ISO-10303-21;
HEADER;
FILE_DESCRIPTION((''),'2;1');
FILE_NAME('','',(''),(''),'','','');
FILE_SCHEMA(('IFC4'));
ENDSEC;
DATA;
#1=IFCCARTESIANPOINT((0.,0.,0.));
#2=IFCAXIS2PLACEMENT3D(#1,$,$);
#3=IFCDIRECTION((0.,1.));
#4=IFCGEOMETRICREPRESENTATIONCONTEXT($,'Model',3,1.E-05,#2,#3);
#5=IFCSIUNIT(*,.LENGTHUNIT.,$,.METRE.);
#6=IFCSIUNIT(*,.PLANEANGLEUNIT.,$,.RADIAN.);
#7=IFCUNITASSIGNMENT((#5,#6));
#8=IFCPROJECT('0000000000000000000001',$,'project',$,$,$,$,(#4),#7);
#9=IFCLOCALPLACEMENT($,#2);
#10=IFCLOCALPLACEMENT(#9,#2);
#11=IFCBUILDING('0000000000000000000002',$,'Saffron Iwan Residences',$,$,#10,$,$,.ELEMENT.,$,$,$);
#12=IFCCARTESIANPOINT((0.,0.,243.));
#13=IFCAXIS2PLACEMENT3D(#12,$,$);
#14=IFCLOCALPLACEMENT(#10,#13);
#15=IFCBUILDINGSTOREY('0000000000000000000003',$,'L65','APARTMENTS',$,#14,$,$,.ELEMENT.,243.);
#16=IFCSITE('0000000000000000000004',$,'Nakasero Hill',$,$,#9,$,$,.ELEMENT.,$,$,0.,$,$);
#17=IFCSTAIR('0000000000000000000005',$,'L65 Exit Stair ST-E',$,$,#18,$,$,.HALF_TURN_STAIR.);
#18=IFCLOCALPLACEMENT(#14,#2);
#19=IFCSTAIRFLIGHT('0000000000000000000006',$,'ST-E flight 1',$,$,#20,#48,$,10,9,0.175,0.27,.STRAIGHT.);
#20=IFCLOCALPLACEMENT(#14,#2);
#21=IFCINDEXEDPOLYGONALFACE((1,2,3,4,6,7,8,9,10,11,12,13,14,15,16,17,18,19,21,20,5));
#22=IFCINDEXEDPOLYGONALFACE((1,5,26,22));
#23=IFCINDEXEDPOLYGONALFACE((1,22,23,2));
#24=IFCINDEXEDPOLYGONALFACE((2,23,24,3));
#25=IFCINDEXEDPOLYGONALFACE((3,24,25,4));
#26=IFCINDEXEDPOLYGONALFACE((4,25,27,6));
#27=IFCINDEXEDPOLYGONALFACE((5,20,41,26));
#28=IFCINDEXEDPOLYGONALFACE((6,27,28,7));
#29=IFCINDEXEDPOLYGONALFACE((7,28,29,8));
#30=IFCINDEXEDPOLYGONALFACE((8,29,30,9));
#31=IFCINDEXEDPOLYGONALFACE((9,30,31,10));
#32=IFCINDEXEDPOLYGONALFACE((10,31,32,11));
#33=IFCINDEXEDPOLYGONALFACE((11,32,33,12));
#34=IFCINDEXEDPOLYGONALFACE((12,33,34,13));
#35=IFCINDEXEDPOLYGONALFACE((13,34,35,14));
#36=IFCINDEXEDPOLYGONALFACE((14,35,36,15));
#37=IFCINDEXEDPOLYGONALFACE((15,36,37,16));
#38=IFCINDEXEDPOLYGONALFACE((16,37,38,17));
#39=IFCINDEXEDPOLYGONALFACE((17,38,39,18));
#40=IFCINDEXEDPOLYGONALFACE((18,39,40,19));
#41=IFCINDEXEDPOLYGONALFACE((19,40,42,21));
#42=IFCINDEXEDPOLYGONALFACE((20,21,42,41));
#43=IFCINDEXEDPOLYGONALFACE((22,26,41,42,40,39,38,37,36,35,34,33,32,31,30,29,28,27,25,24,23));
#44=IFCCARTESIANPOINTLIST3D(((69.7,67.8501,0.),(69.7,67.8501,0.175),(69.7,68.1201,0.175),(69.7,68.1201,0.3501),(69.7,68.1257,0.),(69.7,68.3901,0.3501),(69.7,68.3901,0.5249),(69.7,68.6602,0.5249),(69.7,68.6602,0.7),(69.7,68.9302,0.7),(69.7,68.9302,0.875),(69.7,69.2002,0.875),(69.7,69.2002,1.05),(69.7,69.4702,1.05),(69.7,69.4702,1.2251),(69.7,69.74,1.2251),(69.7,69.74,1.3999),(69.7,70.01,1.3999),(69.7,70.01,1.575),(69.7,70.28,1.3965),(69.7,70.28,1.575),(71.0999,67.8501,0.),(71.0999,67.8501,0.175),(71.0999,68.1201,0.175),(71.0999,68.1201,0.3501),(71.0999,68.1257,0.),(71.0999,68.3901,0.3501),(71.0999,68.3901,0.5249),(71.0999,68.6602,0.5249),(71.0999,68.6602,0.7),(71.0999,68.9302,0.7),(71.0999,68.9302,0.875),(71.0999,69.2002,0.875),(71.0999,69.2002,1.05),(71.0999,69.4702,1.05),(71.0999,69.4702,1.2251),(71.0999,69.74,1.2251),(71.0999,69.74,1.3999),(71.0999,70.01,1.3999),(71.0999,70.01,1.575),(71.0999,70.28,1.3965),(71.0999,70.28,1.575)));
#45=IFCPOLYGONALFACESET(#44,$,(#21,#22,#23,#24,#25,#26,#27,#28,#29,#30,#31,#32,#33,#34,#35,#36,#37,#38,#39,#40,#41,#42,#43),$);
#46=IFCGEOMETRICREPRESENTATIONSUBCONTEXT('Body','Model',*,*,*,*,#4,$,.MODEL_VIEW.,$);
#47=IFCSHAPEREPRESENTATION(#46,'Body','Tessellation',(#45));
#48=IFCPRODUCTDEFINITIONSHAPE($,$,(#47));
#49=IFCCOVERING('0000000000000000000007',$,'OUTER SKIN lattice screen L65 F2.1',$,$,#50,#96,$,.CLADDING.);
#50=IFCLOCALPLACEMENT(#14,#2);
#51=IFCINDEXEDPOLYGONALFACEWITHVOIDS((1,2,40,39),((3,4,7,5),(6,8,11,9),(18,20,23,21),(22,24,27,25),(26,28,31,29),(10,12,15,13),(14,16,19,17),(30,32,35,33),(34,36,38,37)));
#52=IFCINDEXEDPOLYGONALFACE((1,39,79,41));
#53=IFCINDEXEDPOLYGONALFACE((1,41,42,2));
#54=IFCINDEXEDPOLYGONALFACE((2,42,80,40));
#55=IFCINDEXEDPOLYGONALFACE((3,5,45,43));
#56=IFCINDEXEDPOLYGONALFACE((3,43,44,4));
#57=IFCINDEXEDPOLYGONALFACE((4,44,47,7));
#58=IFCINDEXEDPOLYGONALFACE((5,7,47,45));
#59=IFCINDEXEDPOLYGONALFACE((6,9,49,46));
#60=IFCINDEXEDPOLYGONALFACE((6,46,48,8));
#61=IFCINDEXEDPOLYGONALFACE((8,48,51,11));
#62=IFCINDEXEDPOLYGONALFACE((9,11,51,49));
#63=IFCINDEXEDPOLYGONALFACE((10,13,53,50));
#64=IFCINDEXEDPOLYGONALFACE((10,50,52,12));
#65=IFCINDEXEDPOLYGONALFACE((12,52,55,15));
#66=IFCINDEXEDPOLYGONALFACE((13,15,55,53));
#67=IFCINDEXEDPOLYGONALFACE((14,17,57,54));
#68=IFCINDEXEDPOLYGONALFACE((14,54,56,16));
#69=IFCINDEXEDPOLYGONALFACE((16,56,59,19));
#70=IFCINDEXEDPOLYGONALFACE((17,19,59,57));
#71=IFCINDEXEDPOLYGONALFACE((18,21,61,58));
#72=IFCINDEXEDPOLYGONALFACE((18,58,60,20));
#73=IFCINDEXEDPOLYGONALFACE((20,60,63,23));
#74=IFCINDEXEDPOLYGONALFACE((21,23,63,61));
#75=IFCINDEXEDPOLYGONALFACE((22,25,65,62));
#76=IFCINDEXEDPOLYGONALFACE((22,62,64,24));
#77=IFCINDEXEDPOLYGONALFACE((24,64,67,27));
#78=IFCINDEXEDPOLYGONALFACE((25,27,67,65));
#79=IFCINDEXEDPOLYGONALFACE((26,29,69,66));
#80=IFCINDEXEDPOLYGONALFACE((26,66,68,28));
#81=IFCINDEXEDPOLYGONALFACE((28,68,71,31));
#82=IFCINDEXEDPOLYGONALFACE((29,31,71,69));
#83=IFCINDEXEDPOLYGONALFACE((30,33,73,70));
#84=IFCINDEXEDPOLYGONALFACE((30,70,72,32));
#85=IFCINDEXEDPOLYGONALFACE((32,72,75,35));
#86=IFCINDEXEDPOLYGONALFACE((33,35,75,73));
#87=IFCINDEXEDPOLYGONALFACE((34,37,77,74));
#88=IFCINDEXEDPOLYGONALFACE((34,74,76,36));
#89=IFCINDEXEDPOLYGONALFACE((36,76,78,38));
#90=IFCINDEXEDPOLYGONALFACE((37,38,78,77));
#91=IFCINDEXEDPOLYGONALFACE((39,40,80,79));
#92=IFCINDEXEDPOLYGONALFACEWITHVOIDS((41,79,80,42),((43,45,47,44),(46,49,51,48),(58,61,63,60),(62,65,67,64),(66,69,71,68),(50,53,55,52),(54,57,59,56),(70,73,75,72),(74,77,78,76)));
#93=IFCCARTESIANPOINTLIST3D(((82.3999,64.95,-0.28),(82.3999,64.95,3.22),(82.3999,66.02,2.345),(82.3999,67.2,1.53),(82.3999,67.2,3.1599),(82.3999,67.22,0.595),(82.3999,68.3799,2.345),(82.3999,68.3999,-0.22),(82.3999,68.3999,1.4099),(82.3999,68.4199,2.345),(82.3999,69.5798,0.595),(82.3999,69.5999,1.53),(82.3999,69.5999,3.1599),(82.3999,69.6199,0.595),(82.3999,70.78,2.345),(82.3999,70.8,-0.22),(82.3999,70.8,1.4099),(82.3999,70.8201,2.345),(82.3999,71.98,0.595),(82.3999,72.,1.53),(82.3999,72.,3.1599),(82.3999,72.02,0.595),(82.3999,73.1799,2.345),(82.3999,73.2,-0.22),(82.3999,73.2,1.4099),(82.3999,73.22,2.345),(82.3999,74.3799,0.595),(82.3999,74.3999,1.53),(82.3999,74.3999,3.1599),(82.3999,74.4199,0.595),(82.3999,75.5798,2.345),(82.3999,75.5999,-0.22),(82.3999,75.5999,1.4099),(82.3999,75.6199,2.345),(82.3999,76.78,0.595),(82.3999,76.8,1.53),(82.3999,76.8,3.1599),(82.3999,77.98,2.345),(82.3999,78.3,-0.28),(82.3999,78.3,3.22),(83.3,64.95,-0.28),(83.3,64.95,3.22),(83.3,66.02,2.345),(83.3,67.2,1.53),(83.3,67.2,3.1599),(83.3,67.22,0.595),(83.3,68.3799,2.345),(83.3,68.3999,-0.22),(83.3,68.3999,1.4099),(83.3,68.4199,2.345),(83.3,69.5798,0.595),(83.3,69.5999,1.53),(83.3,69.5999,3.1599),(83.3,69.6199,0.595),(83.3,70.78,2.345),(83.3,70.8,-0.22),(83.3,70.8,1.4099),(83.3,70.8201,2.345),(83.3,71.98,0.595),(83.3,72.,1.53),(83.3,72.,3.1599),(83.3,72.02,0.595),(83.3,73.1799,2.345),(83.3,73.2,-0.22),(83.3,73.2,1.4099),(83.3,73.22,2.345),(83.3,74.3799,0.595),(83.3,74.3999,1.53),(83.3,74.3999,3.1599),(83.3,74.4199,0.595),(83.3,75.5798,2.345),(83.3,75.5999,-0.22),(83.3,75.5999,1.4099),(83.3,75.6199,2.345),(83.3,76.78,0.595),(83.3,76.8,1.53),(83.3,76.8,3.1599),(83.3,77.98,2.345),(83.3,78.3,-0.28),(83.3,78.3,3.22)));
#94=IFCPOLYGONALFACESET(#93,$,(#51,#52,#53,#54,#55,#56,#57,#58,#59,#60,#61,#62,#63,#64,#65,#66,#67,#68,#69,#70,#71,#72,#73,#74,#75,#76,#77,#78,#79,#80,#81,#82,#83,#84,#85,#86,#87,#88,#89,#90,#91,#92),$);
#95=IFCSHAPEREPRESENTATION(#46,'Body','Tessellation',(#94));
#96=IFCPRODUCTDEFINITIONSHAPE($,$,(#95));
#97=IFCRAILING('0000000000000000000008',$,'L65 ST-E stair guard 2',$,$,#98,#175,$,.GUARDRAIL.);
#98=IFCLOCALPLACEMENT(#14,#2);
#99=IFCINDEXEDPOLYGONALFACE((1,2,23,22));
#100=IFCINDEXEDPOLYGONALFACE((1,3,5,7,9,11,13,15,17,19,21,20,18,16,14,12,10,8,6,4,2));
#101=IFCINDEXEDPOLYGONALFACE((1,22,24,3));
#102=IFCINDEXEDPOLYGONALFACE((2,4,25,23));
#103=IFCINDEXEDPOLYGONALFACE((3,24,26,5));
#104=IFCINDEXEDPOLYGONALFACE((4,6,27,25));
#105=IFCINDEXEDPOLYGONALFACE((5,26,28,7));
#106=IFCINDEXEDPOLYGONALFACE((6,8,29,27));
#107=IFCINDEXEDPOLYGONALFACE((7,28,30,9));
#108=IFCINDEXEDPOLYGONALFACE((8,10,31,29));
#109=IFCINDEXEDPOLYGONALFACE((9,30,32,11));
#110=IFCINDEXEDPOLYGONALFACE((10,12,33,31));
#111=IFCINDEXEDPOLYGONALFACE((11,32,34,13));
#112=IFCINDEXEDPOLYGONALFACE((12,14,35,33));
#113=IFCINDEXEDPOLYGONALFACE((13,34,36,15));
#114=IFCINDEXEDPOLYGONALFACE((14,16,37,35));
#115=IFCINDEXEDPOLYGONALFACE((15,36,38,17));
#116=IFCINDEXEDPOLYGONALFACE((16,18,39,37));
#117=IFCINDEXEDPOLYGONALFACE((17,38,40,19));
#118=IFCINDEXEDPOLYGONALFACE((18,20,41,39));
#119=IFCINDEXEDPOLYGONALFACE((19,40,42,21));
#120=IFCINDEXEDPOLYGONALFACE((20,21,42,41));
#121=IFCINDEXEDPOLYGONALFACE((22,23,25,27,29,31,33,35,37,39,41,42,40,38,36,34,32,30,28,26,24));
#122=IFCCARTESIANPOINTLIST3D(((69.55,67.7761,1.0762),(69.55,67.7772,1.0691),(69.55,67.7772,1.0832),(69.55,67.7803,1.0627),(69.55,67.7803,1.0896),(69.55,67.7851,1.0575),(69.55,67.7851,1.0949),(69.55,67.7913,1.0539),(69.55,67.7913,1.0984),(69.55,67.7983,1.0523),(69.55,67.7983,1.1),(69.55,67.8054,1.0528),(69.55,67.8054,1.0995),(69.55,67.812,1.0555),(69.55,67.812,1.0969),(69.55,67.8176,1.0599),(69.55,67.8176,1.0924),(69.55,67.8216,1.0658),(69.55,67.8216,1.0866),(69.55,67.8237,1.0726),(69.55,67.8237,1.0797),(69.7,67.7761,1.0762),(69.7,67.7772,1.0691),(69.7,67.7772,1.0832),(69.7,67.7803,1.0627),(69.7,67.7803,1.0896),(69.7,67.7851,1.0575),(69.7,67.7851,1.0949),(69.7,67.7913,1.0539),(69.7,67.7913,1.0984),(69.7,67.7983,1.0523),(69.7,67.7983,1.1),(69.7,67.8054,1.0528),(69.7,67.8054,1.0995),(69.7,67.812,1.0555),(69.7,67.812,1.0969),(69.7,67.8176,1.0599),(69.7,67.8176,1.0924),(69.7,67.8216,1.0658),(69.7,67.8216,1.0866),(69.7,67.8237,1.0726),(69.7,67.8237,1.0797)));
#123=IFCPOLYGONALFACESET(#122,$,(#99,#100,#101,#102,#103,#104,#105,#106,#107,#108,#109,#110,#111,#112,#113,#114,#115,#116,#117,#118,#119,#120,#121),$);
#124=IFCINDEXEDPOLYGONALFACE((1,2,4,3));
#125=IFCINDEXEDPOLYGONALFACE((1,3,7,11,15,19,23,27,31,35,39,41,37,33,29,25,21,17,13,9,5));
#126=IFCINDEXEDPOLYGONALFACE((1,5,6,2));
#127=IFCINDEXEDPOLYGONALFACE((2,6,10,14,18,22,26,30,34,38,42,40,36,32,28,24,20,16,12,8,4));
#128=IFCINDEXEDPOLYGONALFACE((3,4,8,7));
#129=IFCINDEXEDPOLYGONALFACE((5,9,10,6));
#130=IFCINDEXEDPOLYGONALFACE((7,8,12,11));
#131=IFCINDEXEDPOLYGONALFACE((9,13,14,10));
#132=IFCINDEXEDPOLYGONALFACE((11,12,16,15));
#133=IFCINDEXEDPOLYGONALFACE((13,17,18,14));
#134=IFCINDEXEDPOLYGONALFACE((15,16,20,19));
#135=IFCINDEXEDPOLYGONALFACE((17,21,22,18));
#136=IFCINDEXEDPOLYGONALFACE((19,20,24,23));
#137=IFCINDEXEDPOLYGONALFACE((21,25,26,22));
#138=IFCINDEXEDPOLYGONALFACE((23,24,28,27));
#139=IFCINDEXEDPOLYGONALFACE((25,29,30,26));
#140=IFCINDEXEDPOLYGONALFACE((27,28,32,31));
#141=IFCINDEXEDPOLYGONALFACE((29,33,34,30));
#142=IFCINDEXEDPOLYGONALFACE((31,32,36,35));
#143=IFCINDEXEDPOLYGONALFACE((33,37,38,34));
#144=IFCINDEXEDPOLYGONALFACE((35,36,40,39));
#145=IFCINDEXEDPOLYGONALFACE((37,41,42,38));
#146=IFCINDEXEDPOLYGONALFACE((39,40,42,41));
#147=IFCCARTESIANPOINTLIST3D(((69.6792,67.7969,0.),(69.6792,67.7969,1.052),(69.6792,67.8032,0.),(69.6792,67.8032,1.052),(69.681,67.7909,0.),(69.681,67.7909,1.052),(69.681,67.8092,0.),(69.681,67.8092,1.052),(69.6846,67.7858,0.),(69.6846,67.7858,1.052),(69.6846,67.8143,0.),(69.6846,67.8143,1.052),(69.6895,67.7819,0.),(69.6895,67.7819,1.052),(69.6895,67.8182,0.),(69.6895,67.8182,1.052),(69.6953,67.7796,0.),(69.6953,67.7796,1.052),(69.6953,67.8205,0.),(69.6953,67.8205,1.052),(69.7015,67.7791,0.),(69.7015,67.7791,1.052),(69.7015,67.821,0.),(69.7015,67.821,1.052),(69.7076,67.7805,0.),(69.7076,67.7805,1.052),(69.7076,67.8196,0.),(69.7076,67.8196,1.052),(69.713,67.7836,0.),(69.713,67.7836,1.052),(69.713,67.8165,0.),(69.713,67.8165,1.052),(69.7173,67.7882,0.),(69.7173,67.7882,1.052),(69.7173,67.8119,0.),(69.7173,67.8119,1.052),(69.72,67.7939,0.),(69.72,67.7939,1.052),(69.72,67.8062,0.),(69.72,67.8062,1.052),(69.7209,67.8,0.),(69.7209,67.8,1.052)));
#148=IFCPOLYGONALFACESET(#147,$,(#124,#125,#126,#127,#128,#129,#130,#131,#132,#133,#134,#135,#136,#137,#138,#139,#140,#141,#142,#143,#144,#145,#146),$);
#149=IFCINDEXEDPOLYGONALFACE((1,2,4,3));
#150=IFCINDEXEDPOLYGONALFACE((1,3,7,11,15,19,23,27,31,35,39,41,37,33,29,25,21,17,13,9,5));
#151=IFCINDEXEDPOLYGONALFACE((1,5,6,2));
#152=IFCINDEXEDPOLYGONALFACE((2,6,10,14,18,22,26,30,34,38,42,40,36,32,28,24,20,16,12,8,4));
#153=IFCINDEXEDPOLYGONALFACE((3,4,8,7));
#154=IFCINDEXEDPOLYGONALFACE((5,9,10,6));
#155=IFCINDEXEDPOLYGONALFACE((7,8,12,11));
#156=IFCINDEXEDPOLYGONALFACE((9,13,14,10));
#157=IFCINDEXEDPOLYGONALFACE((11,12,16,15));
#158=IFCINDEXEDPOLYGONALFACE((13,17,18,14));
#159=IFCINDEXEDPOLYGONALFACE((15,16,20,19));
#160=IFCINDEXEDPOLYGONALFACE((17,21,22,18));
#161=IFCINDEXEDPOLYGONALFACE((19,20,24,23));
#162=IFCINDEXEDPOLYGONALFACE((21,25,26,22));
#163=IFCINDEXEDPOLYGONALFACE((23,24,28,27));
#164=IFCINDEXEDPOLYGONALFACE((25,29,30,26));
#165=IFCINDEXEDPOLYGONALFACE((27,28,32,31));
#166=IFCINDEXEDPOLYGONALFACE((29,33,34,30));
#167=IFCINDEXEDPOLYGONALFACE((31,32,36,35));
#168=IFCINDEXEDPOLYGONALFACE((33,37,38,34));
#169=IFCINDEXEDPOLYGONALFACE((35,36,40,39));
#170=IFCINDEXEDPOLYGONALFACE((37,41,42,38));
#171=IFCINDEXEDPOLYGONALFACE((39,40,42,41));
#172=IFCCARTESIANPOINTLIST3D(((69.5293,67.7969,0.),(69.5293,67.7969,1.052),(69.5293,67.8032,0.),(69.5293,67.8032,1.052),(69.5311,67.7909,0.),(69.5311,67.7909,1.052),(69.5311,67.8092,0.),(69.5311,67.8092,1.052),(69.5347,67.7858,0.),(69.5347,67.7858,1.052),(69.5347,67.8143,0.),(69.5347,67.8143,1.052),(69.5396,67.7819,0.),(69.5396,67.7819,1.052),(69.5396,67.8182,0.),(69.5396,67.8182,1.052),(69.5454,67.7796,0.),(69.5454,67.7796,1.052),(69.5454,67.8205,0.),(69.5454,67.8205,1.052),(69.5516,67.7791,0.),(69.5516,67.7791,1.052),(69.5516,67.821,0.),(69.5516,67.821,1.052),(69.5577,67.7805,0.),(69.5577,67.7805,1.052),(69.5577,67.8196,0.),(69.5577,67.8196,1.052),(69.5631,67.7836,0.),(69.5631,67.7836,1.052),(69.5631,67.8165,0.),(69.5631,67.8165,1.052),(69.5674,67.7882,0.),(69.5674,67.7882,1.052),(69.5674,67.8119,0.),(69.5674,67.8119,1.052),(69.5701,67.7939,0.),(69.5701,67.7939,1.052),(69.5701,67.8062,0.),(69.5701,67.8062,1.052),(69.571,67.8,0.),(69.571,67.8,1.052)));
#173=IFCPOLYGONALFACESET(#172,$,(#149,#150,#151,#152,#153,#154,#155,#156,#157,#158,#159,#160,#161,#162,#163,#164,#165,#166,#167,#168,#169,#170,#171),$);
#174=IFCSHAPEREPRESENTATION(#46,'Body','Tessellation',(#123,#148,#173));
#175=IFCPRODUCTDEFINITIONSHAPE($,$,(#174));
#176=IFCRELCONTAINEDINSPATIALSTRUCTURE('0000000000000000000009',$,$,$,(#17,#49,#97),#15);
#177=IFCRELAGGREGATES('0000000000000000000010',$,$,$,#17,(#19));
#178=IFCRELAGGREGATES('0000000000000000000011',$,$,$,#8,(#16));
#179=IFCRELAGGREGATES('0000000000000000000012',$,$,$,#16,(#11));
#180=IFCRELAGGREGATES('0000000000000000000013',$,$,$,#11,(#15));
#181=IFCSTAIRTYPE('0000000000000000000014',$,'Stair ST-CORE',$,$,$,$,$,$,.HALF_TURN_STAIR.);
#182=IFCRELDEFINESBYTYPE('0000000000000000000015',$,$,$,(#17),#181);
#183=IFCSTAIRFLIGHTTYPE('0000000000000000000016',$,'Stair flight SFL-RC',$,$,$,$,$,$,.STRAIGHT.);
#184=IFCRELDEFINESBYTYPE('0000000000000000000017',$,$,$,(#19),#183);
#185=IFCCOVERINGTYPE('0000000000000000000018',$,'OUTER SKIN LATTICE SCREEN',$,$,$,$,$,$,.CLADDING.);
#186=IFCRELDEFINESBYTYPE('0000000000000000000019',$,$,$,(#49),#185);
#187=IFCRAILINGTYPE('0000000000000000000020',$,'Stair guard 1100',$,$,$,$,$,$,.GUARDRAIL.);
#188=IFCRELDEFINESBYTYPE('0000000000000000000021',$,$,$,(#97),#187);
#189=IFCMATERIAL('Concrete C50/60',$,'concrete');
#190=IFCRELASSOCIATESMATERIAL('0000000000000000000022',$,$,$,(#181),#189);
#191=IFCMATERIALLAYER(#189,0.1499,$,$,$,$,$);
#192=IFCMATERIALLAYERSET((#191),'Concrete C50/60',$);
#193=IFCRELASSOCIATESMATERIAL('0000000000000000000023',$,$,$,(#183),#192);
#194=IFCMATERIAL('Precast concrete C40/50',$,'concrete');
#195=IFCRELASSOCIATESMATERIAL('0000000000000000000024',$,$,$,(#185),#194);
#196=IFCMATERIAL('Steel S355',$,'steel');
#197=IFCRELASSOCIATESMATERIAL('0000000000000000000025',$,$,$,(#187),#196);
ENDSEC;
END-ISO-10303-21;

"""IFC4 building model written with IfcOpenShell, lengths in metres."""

from ifc_helpers import new_model, si_unit, direction, frame, origin, origin_2d, place, context, subcontext, project, spatial, polyline, circle, outline, extrude, material, layer, layer_set, type_object, element, aggregate, save


model = new_model("IFC4")

# Units and contexts
model_context = context("Model", 3, precision=1e-05, world=origin(), true_north=direction((0.0, 1.0)))
body_context = subcontext(model_context, "Body", "Model", "MODEL_VIEW")
ifc_project = project(units=[si_unit("LENGTHUNIT", "METRE"), si_unit("PLANEANGLEUNIT", "RADIAN")], contexts=[model_context])

# Site, building, storey
site_placement = place(None, origin())
site = spatial("IfcSite", under=ifc_project, at=site_placement, Name="Nakasero Hill", CompositionType="ELEMENT", RefElevation=0.0)
building_placement = place(site_placement, origin())
building = spatial("IfcBuilding", under=site, at=building_placement, Name="Saffron Iwan Residences", CompositionType="ELEMENT")
storey_placement = place(building_placement, frame((0.0, 0.0, 243.0)))
storey = spatial("IfcBuildingStorey", under=building, at=storey_placement, Name="L65", Description="APARTMENTS", CompositionType="ELEMENT", Elevation=243.0)

# Stair, stair flight
ifc_material_1 = material(Name="Concrete C50/60", Category="concrete")
stair_type = type_object("IfcStairType", Name="Stair ST-CORE", PredefinedType="HALF_TURN_STAIR", material=ifc_material_1)
stair_placement = place(storey_placement, origin())
stair = element("IfcStair", 1, at=stair_placement, inside=storey, type_object=stair_type, Name="L65 Exit Stair ST-E", PredefinedType="HALF_TURN_STAIR")
ifc_layer_1 = layer(ifc_material_1, 0.1499)
ifc_layer_set_1 = layer_set([ifc_layer_1], Name="Concrete C50/60")
stair_flight_type = type_object("IfcStairFlightType", Name="Stair flight SFL-RC", PredefinedType="STRAIGHT", material=ifc_layer_set_1)
stair_flight_placement = place(storey_placement, frame((70.3999, 67.8501, 0.0), z_axis=(0.0, 0.0, 1.0), x_axis=(0.0, 1.0, 0.0)))
stair_flight = element("IfcStairFlight", 2, at=stair_flight_placement, type_object=stair_flight_type, Name="ST-E flight 1", NumberOfRisers=10, NumberOfTreads=9, PredefinedType="STRAIGHT", RiserHeight=0.175, TreadLength=0.27, context=body_context, shape_type="SweptSolid", body=[
    extrude(outline(polyline([(0.0, 0.0), (0.0, 0.175), (0.27, 0.175), (0.27, 0.3501), (0.54, 0.3501), (0.54, 0.5249), (0.8101, 0.5249), (0.8101, 0.7), (1.0801, 0.7), (1.0801, 0.875), (1.3501, 0.875), (1.3501, 1.05), (1.6201, 1.05), (1.6201, 1.2251), (1.8899, 1.2251), (1.8899, 1.3999), (2.1599, 1.3999), (2.1599, 1.575), (2.4299, 1.575), (2.4299, 1.75), (2.4299, 1.3965), (0.2756, 0.0), (0.0, 0.0)])), frame((0.0, 0.7, 0.0), z_axis=(0.0, -1.0, 0.0), x_axis=(1.0, 0.0, 0.0)), (0.0, 0.0, 1.0), 1.3999),
])
aggregate(stair, [stair_flight])

# Covering
ifc_material_2 = material(Name="Precast concrete C40/50", Category="concrete")
covering_type = type_object("IfcCoveringType", Name="OUTER SKIN LATTICE SCREEN", PredefinedType="CLADDING", material=ifc_material_2)
covering_placement = place(storey_placement, frame((82.3999, 64.95, -0.28), z_axis=(1.0, 0.0, 0.0), x_axis=(0.0, 1.0, 0.0)))
element("IfcCovering", 3, at=covering_placement, inside=storey, type_object=covering_type, Name="OUTER SKIN lattice screen L65 F2.1", PredefinedType="CLADDING", context=body_context, shape_type="SweptSolid", body=[
    extrude(outline(polyline([(0.0, 0.0), (13.3501, 0.0), (13.3501, 3.5), (0.0, 3.5), (0.0, 0.0)]), holes=[polyline([(2.27, 0.875), (3.45, 0.0601), (4.6299, 0.875), (3.45, 1.6899), (2.27, 0.875)]), polyline([(4.6699, 0.875), (5.8501, 0.0601), (7.03, 0.875), (5.8501, 1.6899), (4.6699, 0.875)]), polyline([(7.0701, 0.875), (8.25, 0.0601), (9.4299, 0.875), (8.25, 1.6899), (7.0701, 0.875)]), polyline([(9.47, 0.875), (10.6499, 0.0601), (11.8301, 0.875), (10.6499, 1.6899), (9.47, 0.875)]), polyline([(1.0701, 2.625), (2.25, 1.8101), (3.4299, 2.625), (2.25, 3.4399), (1.0701, 2.625)]), polyline([(3.47, 2.625), (4.6499, 1.8101), (5.8301, 2.625), (4.6499, 3.4399), (3.47, 2.625)]), polyline([(5.8701, 2.625), (7.05, 1.8101), (8.23, 2.625), (7.05, 3.4399), (5.8701, 2.625)]), polyline([(8.27, 2.625), (9.45, 1.8101), (10.6299, 2.625), (9.45, 3.4399), (8.27, 2.625)]), polyline([(10.6699, 2.625), (11.8501, 1.8101), (13.03, 2.625), (11.8501, 3.4399), (10.6699, 2.625)])]), origin(), (0.0, 0.0, 1.0), 0.9001),
])

# Railing
ifc_material_3 = material(Name="Steel S355", Category="steel")
railing_type_1 = type_object("IfcRailingType", Name="Stair guard 1100", PredefinedType="GUARDRAIL", material=ifc_material_3)
railing_1_placement = place(storey_placement, frame((69.7, 67.8, 0.0)))
element("IfcRailing", 4, at=railing_1_placement, inside=storey, type_object=railing_type_1, Name="L65 ST-E stair guard 2", PredefinedType="GUARDRAIL", context=body_context, shape_type="SweptSolid", body=[
    extrude(circle(Radius=0.0239, at=origin_2d()), frame((0.0, 0.0, 1.0762), z_axis=(-1.0, 0.0, 0.0), x_axis=(0.0, -1.0, 0.0)), (0.0, 0.0, 1.0), 0.1499),
    extrude(circle(Radius=0.021, at=origin_2d()), origin(), (0.0, 0.0, 1.0), 1.052),
    extrude(circle(Radius=0.021, at=origin_2d()), frame((-0.1499, 0.0, 0.0)), (0.0, 0.0, 1.0), 1.052),
])

save(model, "model.ifc")
